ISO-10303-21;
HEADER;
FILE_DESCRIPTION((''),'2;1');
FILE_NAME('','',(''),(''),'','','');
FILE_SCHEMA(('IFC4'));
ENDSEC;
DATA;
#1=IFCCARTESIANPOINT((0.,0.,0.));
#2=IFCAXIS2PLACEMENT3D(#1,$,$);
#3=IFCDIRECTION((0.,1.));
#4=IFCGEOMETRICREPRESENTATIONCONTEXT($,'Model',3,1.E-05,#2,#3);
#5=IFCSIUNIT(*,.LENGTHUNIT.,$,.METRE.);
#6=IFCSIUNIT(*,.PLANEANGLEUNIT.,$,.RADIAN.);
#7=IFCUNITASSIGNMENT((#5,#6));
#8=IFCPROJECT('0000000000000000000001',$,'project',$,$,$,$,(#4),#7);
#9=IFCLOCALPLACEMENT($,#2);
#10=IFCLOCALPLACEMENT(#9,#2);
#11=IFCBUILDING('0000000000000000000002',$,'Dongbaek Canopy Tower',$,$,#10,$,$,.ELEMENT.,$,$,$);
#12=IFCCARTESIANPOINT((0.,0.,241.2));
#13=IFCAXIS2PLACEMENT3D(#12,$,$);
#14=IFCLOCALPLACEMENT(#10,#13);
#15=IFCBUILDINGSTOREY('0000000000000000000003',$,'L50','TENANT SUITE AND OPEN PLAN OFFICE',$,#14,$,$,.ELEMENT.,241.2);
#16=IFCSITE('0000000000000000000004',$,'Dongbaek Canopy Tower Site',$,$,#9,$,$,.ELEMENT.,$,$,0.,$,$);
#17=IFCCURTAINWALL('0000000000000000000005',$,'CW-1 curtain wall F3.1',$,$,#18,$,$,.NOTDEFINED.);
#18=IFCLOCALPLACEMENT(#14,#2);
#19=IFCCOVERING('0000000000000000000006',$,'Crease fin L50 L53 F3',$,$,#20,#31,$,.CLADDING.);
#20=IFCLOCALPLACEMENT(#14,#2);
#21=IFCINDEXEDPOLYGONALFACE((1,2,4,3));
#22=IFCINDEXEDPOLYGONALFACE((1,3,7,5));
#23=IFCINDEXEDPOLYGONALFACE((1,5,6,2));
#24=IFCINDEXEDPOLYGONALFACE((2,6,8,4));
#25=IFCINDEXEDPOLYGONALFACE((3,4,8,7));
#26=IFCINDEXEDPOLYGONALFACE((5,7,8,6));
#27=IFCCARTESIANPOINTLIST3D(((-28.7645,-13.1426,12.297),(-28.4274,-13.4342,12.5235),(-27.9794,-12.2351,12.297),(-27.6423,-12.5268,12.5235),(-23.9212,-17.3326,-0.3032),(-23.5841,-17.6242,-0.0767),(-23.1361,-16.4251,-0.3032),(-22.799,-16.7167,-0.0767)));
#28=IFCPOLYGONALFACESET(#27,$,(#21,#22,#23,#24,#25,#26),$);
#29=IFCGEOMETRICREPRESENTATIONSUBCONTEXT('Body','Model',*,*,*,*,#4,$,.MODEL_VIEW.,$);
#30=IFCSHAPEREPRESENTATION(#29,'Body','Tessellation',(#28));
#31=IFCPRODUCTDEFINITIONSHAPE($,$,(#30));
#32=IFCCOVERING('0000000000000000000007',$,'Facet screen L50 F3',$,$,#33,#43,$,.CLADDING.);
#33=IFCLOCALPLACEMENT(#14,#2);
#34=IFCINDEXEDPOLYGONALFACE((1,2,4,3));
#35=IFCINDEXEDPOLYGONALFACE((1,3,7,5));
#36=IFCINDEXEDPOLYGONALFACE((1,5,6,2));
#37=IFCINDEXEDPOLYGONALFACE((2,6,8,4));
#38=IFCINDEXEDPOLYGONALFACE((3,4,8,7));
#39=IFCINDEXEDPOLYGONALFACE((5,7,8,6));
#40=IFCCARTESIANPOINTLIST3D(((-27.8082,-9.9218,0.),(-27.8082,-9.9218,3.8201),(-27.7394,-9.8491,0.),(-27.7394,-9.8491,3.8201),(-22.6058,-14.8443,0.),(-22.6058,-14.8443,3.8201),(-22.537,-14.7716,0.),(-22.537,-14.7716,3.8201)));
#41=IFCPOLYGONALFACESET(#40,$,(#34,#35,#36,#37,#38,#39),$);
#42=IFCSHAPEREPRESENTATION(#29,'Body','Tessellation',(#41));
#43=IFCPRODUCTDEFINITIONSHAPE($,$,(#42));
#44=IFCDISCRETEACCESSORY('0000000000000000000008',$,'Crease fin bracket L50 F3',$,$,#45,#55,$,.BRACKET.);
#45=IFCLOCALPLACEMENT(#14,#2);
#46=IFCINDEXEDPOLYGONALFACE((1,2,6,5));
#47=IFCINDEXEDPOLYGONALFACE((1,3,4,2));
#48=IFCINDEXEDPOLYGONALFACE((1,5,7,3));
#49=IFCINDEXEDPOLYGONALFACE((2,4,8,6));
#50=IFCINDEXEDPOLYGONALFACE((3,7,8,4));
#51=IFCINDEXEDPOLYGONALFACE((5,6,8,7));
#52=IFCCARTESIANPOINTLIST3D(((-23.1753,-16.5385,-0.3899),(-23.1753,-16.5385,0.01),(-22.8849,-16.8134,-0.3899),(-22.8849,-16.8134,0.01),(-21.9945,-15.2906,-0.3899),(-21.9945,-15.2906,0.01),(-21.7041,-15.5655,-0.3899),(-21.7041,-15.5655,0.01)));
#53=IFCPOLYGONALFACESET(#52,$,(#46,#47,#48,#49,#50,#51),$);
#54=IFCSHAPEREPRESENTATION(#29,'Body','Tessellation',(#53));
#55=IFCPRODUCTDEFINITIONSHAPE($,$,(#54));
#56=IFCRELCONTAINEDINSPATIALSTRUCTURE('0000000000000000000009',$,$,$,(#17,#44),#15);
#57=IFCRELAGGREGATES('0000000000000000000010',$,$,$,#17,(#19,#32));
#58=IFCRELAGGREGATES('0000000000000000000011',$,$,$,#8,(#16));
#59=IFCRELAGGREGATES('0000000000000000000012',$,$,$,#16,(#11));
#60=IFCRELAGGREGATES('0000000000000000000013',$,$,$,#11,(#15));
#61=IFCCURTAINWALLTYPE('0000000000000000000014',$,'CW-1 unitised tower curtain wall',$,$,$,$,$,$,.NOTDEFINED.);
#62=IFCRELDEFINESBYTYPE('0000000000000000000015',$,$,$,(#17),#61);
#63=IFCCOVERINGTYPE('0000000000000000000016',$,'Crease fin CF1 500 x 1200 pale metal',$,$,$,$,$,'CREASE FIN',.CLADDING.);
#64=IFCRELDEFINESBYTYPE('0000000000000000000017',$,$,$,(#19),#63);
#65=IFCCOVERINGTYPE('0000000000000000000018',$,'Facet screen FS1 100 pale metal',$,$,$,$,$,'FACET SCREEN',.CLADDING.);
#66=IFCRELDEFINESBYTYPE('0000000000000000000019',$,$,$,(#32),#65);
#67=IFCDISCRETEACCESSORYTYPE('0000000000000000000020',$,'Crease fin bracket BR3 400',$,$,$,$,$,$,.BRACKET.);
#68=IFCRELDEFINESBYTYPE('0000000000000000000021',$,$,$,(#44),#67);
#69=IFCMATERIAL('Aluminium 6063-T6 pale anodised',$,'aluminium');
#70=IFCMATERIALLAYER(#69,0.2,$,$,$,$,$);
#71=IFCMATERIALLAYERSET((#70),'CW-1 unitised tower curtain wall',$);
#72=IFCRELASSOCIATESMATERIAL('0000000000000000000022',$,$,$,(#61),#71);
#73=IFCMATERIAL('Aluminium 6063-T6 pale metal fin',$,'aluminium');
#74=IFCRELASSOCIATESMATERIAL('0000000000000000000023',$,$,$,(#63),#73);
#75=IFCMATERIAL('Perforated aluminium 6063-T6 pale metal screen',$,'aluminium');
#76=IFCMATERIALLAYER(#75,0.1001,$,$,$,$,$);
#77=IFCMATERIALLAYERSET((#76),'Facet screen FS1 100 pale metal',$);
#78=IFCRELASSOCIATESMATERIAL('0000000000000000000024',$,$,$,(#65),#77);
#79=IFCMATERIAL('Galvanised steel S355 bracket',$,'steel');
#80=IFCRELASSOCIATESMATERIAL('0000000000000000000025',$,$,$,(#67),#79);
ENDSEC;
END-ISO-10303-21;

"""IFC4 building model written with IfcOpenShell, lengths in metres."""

from ifc_helpers import new_model, si_unit, direction, frame, origin, origin_2d, place, context, subcontext, project, spatial, rectangle, extrude, material, layer, layer_set, material_profile, profile_set, type_object, element, aggregate, save


model = new_model("IFC4")

# Units and contexts
model_context = context("Model", 3, precision=1e-05, world=origin(), true_north=direction((0.0, 1.0)))
body_context = subcontext(model_context, "Body", "Model", "MODEL_VIEW")
ifc_project = project(units=[si_unit("LENGTHUNIT", "METRE"), si_unit("PLANEANGLEUNIT", "RADIAN")], contexts=[model_context])

# Site, building, storey
site_placement = place(None, origin())
site = spatial("IfcSite", under=ifc_project, at=site_placement, Name="Dongbaek Canopy Tower Site", CompositionType="ELEMENT", RefElevation=0.0)
building_placement = place(site_placement, origin())
building = spatial("IfcBuilding", under=site, at=building_placement, Name="Dongbaek Canopy Tower", CompositionType="ELEMENT")
storey_placement = place(building_placement, frame((0.0, 0.0, 241.2)))
storey = spatial("IfcBuildingStorey", under=building, at=storey_placement, Name="L50", Description="TENANT SUITE AND OPEN PLAN OFFICE", CompositionType="ELEMENT", Elevation=241.2)

# Curtain wall
ifc_material_1 = material(Name="Aluminium 6063-T6 pale anodised", Category="aluminium")
ifc_layer_1 = layer(ifc_material_1, 0.2)
ifc_layer_set_1 = layer_set([ifc_layer_1], Name="CW-1 unitised tower curtain wall")
curtain_wall_type = type_object("IfcCurtainWallType", Name="CW-1 unitised tower curtain wall", PredefinedType="NOTDEFINED", material=ifc_layer_set_1)
curtain_wall_placement = place(storey_placement, origin())
curtain_wall = element("IfcCurtainWall", 1, at=curtain_wall_placement, inside=storey, type_object=curtain_wall_type, Name="CW-1 curtain wall F3.1", PredefinedType="NOTDEFINED")

# Coverings
ifc_material_2 = material(Name="Aluminium 6063-T6 pale metal fin", Category="aluminium")
ifc_material_profile_1 = material_profile(ifc_material_2, rectangle(XDim=1.2, YDim=0.5, at=origin_2d()), Name="Crease fin CF1 500 x 1200 pale metal")
ifc_profile_set_1 = profile_set([ifc_material_profile_1], Name="Aluminium 6063-T6 pale metal fin")
covering_type_1 = type_object("IfcCoveringType", Name="Crease fin CF1 500 x 1200 pale metal", ElementType="CREASE FIN", PredefinedType="CLADDING", material=ifc_profile_set_1)
covering_1_placement = place(storey_placement, frame((-23.3601, -17.0247, -0.1899), z_axis=(-0.342663, 0.29644, 0.891462), x_axis=(-0.654257, -0.756272, 0.0)))
covering_1 = element("IfcCovering", 2, at=covering_1_placement, type_object=covering_type_1, Name="Crease fin L50 L53 F3", PredefinedType="CLADDING", context=body_context, shape_type="SweptSolid", body=[
    extrude(rectangle(XDim=1.2, YDim=0.5, at=origin_2d()), origin(), (0.0, 0.0, 1.0), 14.1343),
])
ifc_material_3 = material(Name="Perforated aluminium 6063-T6 pale metal screen", Category="aluminium")
ifc_layer_2 = layer(ifc_material_3, 0.1001)
ifc_layer_set_2 = layer_set([ifc_layer_2], Name="Facet screen FS1 100 pale metal")
covering_type_2 = type_object("IfcCoveringType", Name="Facet screen FS1 100 pale metal", ElementType="FACET SCREEN", PredefinedType="CLADDING", material=ifc_layer_set_2)
covering_2_placement = place(storey_placement, frame((-25.1726, -12.3467, 0.0), z_axis=(0.0, 0.0, 1.0), x_axis=(0.72637, -0.687304, 0.0)))
covering_2 = element("IfcCovering", 3, at=covering_2_placement, type_object=covering_type_2, Name="Facet screen L50 F3", PredefinedType="CLADDING", context=body_context, shape_type="SweptSolid", body=[
    extrude(rectangle(XDim=7.1621, YDim=0.1001, at=origin_2d()), origin(), (0.0, 0.0, 1.0), 3.8201),
])
aggregate(curtain_wall, [covering_1, covering_2])

# Discrete accessory
ifc_material_4 = material(Name="Galvanised steel S355 bracket", Category="steel")
discrete_accessory_type = type_object("IfcDiscreteAccessoryType", Name="Crease fin bracket BR3 400", PredefinedType="BRACKET", material=ifc_material_4)
discrete_accessory_placement = place(storey_placement, frame((-22.4397, -16.052, -0.3899), z_axis=(0.0, 0.0, 1.0), x_axis=(-0.687304, -0.72637, 0.0)))
element("IfcDiscreteAccessory", 4, at=discrete_accessory_placement, inside=storey, type_object=discrete_accessory_type, Name="Crease fin bracket L50 F3", PredefinedType="BRACKET", context=body_context, shape_type="SweptSolid", body=[
    extrude(rectangle(XDim=1.718, YDim=0.3999, at=origin_2d()), origin(), (0.0, 0.0, 1.0), 0.3999),
])

save(model, "model.ifc")
